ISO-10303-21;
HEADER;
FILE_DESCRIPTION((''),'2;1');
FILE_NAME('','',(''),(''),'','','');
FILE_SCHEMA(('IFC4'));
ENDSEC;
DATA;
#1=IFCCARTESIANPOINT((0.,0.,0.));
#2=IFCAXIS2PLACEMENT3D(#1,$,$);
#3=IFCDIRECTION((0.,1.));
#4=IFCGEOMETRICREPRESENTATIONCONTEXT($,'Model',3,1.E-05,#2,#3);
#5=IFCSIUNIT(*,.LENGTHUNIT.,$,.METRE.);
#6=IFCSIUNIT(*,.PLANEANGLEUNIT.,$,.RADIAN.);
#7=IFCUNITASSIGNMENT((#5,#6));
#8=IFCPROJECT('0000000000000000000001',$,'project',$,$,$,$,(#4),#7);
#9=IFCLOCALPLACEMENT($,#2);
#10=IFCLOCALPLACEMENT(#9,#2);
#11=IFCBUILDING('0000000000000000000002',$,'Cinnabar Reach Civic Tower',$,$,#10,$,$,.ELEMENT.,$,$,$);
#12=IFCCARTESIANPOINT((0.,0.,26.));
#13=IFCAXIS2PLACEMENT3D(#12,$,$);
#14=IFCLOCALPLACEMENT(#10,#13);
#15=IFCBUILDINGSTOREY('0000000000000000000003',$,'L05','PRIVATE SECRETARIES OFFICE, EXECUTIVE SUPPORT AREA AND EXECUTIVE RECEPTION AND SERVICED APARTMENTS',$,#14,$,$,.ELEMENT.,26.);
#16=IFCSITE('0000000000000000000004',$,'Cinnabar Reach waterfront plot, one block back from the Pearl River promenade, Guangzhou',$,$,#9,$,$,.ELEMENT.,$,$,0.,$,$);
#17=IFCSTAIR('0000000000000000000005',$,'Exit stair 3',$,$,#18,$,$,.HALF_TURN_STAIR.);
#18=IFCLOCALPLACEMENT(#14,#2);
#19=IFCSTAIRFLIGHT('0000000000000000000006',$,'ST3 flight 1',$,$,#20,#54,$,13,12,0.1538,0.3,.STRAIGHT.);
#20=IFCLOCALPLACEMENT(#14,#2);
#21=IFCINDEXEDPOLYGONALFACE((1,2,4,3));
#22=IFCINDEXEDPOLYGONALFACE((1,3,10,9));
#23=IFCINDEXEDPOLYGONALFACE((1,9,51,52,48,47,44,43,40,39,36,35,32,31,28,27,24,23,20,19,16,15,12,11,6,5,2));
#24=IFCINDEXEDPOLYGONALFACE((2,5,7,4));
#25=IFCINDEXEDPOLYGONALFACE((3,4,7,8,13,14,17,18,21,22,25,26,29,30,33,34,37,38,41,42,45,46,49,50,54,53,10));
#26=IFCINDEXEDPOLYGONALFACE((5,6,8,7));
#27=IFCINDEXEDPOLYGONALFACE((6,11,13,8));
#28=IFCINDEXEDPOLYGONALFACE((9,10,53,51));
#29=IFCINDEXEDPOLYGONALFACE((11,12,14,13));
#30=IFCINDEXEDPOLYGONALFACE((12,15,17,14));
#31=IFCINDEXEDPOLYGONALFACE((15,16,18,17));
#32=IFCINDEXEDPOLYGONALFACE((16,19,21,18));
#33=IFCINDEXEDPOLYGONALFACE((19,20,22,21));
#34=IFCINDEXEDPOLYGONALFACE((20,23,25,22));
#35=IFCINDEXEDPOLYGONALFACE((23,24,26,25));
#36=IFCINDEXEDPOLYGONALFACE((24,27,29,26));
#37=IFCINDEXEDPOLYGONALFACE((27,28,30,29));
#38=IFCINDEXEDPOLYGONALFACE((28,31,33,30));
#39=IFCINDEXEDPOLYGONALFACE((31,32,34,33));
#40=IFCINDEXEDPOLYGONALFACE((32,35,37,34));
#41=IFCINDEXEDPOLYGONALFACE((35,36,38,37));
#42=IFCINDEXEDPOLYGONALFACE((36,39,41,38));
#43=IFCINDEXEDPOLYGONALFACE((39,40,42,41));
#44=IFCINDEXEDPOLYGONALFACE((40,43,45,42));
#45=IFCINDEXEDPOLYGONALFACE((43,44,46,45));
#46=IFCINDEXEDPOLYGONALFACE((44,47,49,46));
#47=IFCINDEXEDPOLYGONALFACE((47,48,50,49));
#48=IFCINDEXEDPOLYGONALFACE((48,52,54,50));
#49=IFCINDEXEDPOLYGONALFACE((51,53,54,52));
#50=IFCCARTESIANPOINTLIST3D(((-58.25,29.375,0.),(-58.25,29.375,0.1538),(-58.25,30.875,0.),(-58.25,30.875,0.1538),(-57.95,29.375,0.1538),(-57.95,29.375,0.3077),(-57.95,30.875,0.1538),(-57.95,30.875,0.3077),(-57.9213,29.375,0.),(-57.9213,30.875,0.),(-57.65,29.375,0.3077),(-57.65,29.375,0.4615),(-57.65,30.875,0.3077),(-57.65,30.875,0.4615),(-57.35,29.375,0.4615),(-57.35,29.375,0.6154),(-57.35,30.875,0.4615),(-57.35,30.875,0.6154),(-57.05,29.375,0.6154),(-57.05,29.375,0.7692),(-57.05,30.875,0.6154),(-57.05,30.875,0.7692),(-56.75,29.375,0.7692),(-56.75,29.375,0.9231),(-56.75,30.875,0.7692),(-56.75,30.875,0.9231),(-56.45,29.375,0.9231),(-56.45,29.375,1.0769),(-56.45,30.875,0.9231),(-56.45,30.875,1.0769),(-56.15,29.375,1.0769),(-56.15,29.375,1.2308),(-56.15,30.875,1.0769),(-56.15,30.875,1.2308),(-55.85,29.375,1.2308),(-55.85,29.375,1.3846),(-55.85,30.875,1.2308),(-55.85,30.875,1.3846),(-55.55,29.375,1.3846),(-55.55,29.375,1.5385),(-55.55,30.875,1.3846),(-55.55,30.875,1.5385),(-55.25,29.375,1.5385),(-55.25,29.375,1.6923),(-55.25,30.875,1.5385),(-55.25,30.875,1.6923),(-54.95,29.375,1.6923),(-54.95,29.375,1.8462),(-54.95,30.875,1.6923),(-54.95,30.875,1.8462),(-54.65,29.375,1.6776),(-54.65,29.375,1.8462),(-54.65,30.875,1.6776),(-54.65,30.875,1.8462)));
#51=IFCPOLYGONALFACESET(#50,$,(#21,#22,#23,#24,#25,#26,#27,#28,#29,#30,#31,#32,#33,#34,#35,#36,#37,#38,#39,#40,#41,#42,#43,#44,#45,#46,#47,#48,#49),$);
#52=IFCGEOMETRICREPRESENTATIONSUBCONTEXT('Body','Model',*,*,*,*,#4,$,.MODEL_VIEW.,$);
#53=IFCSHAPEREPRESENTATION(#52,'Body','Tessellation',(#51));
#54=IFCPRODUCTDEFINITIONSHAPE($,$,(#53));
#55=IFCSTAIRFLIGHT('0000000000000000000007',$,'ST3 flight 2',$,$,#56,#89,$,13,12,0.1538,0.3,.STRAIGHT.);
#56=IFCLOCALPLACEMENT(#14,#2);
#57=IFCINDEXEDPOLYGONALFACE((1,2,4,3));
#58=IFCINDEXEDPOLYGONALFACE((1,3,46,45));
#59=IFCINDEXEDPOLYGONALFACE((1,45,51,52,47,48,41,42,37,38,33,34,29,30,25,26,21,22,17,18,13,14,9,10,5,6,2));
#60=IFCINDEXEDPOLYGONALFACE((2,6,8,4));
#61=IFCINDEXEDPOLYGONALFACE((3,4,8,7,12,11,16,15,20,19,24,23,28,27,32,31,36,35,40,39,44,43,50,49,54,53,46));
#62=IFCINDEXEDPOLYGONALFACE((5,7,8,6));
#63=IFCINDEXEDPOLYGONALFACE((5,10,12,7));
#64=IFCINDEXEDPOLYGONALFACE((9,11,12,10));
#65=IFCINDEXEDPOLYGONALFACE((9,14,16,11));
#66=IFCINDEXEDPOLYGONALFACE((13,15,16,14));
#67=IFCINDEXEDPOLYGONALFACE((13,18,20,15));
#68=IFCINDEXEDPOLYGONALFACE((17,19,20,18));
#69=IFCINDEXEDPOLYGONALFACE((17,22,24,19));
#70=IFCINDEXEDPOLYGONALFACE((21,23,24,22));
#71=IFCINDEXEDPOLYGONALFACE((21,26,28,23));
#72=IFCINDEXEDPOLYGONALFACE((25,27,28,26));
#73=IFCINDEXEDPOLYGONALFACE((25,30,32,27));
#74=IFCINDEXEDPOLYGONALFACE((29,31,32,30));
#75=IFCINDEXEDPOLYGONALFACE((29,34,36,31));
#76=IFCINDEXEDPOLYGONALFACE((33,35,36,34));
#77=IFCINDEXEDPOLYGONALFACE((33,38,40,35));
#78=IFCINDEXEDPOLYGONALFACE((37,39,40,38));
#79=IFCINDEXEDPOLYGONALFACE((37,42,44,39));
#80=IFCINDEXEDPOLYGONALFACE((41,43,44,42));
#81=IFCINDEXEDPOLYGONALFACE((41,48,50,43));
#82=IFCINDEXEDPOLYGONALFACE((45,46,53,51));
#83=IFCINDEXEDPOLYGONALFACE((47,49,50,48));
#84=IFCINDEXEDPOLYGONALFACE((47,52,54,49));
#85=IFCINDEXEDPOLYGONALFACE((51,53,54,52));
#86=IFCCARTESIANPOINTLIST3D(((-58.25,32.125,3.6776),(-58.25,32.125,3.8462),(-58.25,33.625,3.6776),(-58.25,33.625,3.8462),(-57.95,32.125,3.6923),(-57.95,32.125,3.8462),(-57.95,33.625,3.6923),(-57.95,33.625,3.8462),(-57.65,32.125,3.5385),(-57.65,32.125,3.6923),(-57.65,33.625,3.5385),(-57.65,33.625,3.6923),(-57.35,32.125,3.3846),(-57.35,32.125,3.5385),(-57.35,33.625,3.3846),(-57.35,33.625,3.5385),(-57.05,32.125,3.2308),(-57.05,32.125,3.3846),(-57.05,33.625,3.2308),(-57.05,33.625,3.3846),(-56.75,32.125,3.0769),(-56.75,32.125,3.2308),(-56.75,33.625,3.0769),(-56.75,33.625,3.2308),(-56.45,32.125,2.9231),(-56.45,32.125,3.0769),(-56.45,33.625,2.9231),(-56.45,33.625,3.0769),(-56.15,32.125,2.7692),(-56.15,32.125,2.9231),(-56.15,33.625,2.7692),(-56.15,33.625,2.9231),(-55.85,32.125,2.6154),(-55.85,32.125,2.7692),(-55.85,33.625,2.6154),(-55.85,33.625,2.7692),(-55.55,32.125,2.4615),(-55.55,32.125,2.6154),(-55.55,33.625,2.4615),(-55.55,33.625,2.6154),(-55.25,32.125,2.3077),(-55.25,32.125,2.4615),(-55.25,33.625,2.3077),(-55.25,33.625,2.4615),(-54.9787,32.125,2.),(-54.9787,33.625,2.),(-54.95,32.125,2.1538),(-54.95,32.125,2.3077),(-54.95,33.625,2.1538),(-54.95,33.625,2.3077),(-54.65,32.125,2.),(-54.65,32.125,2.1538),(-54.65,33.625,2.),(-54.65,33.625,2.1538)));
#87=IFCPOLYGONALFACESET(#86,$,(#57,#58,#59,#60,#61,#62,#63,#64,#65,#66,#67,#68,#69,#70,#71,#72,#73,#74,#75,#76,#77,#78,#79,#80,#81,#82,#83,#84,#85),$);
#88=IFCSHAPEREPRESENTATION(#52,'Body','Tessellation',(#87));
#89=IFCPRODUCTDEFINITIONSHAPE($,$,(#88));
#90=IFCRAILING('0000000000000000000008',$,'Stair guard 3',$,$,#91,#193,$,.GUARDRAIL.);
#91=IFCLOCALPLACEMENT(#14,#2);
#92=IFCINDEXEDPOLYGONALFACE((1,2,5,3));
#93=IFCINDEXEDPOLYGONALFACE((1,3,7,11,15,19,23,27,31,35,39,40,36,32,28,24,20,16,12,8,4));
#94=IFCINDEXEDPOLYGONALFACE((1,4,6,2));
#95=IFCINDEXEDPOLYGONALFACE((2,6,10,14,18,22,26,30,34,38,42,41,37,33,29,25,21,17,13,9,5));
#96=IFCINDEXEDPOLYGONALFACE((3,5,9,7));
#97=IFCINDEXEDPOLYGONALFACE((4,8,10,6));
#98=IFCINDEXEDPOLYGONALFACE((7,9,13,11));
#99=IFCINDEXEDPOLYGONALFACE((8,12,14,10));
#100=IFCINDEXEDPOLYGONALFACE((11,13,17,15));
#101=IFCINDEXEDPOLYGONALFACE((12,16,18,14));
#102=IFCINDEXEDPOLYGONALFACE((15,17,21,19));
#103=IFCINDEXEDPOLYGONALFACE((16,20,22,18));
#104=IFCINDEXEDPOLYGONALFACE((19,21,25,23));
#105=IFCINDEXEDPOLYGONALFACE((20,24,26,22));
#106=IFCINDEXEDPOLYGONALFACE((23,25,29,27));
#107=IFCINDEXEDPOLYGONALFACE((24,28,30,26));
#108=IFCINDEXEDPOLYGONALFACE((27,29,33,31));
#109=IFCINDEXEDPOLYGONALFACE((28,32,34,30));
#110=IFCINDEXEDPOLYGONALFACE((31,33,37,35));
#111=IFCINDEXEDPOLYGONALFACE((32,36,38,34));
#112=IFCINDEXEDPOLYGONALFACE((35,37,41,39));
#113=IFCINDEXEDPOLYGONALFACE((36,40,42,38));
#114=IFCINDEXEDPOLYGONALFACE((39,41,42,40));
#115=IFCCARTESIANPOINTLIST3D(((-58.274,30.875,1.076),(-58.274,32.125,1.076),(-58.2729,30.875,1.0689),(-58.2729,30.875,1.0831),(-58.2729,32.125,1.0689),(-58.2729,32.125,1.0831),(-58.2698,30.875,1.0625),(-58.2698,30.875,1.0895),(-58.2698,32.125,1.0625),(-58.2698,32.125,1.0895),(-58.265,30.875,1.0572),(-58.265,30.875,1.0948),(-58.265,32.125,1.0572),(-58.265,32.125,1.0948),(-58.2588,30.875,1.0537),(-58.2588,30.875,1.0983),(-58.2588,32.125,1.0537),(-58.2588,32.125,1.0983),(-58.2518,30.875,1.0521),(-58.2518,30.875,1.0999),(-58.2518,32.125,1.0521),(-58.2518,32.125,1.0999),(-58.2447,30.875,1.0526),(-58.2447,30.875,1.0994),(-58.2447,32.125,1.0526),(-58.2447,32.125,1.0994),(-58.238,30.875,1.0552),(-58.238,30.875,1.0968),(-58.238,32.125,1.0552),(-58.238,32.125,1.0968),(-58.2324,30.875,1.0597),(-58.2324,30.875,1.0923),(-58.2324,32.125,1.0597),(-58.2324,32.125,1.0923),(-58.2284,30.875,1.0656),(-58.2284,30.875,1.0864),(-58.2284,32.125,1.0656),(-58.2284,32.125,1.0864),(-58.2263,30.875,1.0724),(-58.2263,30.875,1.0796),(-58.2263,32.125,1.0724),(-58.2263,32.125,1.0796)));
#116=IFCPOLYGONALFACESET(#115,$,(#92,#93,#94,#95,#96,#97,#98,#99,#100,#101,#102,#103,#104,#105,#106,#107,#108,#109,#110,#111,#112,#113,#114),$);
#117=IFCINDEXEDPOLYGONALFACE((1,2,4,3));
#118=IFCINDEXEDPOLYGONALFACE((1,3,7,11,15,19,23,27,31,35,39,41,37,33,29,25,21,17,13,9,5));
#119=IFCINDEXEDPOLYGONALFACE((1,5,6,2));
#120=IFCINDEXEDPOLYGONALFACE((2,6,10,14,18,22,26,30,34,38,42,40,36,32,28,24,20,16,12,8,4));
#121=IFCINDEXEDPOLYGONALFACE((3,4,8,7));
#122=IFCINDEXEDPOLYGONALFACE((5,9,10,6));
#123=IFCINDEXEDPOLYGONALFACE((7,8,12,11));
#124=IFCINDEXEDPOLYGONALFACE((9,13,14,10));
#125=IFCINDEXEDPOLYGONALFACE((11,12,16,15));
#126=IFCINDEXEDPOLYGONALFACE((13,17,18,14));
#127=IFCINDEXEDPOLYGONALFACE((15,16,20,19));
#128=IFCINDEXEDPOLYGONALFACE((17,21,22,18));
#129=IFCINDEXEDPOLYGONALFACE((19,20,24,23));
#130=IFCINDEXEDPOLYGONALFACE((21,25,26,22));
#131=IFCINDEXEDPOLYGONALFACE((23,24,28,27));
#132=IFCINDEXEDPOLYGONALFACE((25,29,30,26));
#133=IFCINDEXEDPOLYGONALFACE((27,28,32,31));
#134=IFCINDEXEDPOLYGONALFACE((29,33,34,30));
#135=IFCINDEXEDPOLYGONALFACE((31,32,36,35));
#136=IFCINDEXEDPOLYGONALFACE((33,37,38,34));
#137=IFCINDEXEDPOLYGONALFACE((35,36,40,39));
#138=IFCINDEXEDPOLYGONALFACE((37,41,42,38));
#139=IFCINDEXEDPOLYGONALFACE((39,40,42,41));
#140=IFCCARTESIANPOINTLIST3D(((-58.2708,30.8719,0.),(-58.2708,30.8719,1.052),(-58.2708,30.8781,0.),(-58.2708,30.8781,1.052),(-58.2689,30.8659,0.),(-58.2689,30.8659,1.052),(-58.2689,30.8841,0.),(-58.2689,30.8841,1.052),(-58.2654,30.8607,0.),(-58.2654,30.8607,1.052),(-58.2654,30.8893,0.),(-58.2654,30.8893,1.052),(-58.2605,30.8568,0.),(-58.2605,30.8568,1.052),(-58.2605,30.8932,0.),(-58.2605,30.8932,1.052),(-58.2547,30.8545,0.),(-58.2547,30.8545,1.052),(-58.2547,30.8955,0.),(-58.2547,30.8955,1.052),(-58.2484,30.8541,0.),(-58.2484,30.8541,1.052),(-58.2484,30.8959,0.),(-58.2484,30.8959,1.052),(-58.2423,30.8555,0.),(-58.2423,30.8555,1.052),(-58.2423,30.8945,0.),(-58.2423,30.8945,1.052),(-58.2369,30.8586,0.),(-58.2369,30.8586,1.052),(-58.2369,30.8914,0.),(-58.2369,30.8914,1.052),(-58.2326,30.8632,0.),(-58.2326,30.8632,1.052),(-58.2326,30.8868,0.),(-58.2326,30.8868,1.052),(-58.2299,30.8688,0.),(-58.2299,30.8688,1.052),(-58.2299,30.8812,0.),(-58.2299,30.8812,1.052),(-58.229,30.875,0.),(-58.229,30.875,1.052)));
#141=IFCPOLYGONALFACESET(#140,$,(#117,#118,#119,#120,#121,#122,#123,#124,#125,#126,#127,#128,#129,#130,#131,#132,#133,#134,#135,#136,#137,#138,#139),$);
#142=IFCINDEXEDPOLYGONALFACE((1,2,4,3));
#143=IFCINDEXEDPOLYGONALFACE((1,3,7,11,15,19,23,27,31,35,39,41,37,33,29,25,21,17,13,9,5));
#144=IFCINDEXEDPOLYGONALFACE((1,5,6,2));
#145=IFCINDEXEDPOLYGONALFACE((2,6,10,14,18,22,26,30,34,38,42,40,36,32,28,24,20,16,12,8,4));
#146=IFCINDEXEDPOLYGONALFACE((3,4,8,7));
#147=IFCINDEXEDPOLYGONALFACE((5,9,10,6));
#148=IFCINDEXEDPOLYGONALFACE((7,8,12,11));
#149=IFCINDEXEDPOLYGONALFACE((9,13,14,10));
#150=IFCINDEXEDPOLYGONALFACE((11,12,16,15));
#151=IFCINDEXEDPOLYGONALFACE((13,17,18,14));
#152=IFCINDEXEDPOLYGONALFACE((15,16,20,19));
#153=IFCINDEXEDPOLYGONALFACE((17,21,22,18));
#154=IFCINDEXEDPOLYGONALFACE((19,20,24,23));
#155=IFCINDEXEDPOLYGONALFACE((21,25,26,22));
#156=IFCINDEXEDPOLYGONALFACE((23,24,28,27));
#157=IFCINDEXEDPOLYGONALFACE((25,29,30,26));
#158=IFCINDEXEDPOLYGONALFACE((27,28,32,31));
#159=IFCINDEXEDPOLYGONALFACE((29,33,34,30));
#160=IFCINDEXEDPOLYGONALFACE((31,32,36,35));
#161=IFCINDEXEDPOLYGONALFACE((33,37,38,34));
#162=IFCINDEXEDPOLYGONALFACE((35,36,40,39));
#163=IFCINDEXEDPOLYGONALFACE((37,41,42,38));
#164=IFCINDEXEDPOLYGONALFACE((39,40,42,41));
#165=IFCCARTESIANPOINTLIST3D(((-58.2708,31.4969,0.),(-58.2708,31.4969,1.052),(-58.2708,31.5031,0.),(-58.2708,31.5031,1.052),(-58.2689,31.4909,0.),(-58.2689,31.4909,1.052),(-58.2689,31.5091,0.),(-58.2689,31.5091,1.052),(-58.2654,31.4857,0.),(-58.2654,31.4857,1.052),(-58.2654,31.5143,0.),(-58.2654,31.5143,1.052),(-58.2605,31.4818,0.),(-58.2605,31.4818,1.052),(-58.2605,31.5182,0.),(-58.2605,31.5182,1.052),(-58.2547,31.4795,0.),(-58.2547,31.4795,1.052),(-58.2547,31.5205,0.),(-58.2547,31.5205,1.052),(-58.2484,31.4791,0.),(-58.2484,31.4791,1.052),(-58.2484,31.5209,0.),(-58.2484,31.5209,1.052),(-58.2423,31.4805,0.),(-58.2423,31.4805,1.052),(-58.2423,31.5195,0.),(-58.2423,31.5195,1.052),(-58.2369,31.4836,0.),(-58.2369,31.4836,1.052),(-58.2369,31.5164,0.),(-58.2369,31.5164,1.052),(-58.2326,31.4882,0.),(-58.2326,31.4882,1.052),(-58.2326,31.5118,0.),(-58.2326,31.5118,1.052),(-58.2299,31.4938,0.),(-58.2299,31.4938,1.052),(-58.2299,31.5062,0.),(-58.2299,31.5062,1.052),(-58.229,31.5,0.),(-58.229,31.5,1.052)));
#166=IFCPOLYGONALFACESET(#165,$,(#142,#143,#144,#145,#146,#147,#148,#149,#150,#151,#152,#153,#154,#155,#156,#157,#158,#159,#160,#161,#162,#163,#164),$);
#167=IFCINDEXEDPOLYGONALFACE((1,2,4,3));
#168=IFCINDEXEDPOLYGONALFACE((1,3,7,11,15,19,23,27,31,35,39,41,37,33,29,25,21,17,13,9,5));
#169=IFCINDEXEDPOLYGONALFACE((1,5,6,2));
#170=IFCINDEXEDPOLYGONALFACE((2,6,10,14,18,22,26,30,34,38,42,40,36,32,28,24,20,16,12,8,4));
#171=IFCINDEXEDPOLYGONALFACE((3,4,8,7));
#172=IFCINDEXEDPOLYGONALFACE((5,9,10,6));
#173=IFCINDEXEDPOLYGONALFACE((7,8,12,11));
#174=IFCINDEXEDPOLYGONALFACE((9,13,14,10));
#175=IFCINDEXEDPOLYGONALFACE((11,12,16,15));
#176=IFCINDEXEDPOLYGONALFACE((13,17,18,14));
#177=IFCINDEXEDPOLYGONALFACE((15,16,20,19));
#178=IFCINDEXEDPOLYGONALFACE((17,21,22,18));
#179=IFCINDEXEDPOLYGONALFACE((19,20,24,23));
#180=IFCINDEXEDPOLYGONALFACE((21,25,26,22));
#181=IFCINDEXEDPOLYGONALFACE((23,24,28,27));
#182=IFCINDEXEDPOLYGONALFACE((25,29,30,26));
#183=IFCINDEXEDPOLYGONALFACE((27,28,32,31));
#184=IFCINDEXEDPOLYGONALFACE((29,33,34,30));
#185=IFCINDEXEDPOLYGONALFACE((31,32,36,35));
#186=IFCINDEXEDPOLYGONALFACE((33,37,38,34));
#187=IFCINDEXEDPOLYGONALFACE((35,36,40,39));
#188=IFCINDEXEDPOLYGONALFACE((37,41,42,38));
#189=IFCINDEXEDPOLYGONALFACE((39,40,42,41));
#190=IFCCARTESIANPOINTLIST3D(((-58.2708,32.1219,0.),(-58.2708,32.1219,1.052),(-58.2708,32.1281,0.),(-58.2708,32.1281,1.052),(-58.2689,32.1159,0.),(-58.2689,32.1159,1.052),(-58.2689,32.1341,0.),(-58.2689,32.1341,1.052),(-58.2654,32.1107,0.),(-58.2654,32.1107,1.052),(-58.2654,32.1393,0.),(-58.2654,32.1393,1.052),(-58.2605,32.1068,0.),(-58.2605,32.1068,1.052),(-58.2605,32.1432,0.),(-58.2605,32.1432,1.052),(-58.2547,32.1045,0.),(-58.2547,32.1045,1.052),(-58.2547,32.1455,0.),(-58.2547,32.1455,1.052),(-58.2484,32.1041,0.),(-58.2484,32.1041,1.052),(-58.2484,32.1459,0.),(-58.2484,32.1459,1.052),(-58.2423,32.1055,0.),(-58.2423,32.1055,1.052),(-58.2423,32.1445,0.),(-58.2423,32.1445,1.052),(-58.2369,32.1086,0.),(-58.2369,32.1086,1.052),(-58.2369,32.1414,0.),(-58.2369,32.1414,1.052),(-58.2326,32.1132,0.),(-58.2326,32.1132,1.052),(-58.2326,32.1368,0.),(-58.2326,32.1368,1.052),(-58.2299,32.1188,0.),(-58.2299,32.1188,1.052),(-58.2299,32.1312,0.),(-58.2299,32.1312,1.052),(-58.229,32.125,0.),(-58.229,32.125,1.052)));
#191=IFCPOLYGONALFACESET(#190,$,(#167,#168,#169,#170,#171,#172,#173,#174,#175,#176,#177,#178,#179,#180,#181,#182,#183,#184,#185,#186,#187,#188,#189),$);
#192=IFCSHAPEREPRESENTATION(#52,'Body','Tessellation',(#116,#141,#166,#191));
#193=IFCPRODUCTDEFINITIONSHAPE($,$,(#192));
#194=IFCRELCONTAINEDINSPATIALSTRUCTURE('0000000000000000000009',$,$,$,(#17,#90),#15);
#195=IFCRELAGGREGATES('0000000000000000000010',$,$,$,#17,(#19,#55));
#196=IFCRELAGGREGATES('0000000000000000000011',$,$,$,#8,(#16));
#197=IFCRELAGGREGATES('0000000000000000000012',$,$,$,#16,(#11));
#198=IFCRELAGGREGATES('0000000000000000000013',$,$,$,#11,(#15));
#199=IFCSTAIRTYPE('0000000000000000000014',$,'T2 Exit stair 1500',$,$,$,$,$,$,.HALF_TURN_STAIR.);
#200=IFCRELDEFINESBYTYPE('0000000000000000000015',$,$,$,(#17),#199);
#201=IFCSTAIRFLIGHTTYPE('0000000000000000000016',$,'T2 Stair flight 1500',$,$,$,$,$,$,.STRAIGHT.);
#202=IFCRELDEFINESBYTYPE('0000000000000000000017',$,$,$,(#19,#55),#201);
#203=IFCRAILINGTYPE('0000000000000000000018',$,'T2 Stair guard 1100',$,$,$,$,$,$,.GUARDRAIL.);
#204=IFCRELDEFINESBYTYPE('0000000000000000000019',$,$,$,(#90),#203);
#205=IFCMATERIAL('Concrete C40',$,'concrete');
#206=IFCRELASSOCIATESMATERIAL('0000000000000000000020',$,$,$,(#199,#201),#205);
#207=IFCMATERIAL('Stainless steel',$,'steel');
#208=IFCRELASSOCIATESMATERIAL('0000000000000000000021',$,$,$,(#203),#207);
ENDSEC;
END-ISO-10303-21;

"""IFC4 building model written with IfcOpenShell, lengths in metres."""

from ifc_helpers import new_model, si_unit, direction, frame, origin, origin_2d, place, context, subcontext, project, spatial, polyline, circle, outline, extrude, material, type_object, element, aggregate, save


model = new_model("IFC4")

# Units and contexts
model_context = context("Model", 3, precision=1e-05, world=origin(), true_north=direction((0.0, 1.0)))
body_context = subcontext(model_context, "Body", "Model", "MODEL_VIEW")
ifc_project = project(units=[si_unit("LENGTHUNIT", "METRE"), si_unit("PLANEANGLEUNIT", "RADIAN")], contexts=[model_context])

# Site, building, storey
site_placement = place(None, origin())
site = spatial("IfcSite", under=ifc_project, at=site_placement, Name="Cinnabar Reach waterfront plot, one block back from the Pearl River promenade, Guangzhou", CompositionType="ELEMENT", RefElevation=0.0)
building_placement = place(site_placement, origin())
building = spatial("IfcBuilding", under=site, at=building_placement, Name="Cinnabar Reach Civic Tower", CompositionType="ELEMENT")
storey_placement = place(building_placement, frame((0.0, 0.0, 26.0)))
storey = spatial("IfcBuildingStorey", under=building, at=storey_placement, Name="L05", Description="PRIVATE SECRETARIES OFFICE, EXECUTIVE SUPPORT AREA AND EXECUTIVE RECEPTION AND SERVICED APARTMENTS", CompositionType="ELEMENT", Elevation=26.0)

# Stair, stair flights
ifc_material_1 = material(Name="Concrete C40", Category="concrete")
stair_type = type_object("IfcStairType", Name="T2 Exit stair 1500", PredefinedType="HALF_TURN_STAIR", material=ifc_material_1)
stair_placement = place(storey_placement, origin())
stair = element("IfcStair", 1, at=stair_placement, inside=storey, type_object=stair_type, Name="Exit stair 3", PredefinedType="HALF_TURN_STAIR")
stair_flight_type = type_object("IfcStairFlightType", Name="T2 Stair flight 1500", PredefinedType="STRAIGHT", material=ifc_material_1)
stair_flight_1_placement = place(storey_placement, frame((-58.25, 30.125, 0.0), z_axis=(0.0, 0.0, 1.0), x_axis=(1.0, 0.0, 0.0)))
stair_flight_1 = element("IfcStairFlight", 2, at=stair_flight_1_placement, type_object=stair_flight_type, Name="ST3 flight 1", NumberOfRisers=13, NumberOfTreads=12, PredefinedType="STRAIGHT", RiserHeight=0.1538, TreadLength=0.3, context=body_context, shape_type="SweptSolid", body=[
    extrude(outline(polyline([(0.0, 0.0), (0.0, 0.1538), (0.3, 0.1538), (0.3, 0.3077), (0.6, 0.3077), (0.6, 0.4615), (0.9, 0.4615), (0.9, 0.6154), (1.2, 0.6154), (1.2, 0.7692), (1.5, 0.7692), (1.5, 0.9231), (1.8, 0.9231), (1.8, 1.0769), (2.1, 1.0769), (2.1, 1.2308), (2.4, 1.2308), (2.4, 1.3846), (2.7, 1.3846), (2.7, 1.5385), (3.0, 1.5385), (3.0, 1.6923), (3.3, 1.6923), (3.3, 1.8462), (3.6, 1.8462), (3.6, 2.0), (3.6, 1.6776), (0.3287, 0.0), (0.0, 0.0)])), frame((0.0, 0.75, 0.0), z_axis=(0.0, -1.0, 0.0), x_axis=(1.0, 0.0, 0.0)), (0.0, 0.0, 1.0), 1.5),
])
stair_flight_2_placement = place(storey_placement, frame((-54.65, 32.875, 2.0), z_axis=(0.0, 0.0, 1.0), x_axis=(-1.0, 0.0, 0.0)))
stair_flight_2 = element("IfcStairFlight", 3, at=stair_flight_2_placement, type_object=stair_flight_type, Name="ST3 flight 2", NumberOfRisers=13, NumberOfTreads=12, PredefinedType="STRAIGHT", RiserHeight=0.1538, TreadLength=0.3, context=body_context, shape_type="SweptSolid", body=[
    extrude(outline(polyline([(0.0, 0.0), (0.0, 0.1538), (0.3, 0.1538), (0.3, 0.3077), (0.6, 0.3077), (0.6, 0.4615), (0.9, 0.4615), (0.9, 0.6154), (1.2, 0.6154), (1.2, 0.7692), (1.5, 0.7692), (1.5, 0.9231), (1.8, 0.9231), (1.8, 1.0769), (2.1, 1.0769), (2.1, 1.2308), (2.4, 1.2308), (2.4, 1.3846), (2.7, 1.3846), (2.7, 1.5385), (3.0, 1.5385), (3.0, 1.6923), (3.3, 1.6923), (3.3, 1.8462), (3.6, 1.8462), (3.6, 2.0), (3.6, 1.6776), (0.3287, 0.0), (0.0, 0.0)])), frame((0.0, 0.75, 0.0), z_axis=(0.0, -1.0, 0.0), x_axis=(1.0, 0.0, 0.0)), (0.0, 0.0, 1.0), 1.5),
])
aggregate(stair, [stair_flight_1, stair_flight_2])

# Railing
ifc_material_2 = material(Name="Stainless steel", Category="steel")
railing_type = type_object("IfcRailingType", Name="T2 Stair guard 1100", PredefinedType="GUARDRAIL", material=ifc_material_2)
railing_1_placement = place(storey_placement, frame((-58.25, 30.875, 0.0)))
element("IfcRailing", 4, at=railing_1_placement, inside=storey, type_object=railing_type, Name="Stair guard 3", PredefinedType="GUARDRAIL", context=body_context, shape_type="SweptSolid", body=[
    extrude(circle(Radius=0.024, at=origin_2d()), frame((0.0, 0.0, 1.076), z_axis=(0.0, 1.0, 0.0), x_axis=(-1.0, 0.0, 0.0)), (0.0, 0.0, 1.0), 1.25),
    extrude(circle(Radius=0.021, at=origin_2d()), origin(), (0.0, 0.0, 1.0), 1.052),
    extrude(circle(Radius=0.021, at=origin_2d()), frame((0.0, 0.625, 0.0)), (0.0, 0.0, 1.0), 1.052),
    extrude(circle(Radius=0.021, at=origin_2d()), frame((0.0, 1.25, 0.0)), (0.0, 0.0, 1.0), 1.052),
])

save(model, "model.ifc")
